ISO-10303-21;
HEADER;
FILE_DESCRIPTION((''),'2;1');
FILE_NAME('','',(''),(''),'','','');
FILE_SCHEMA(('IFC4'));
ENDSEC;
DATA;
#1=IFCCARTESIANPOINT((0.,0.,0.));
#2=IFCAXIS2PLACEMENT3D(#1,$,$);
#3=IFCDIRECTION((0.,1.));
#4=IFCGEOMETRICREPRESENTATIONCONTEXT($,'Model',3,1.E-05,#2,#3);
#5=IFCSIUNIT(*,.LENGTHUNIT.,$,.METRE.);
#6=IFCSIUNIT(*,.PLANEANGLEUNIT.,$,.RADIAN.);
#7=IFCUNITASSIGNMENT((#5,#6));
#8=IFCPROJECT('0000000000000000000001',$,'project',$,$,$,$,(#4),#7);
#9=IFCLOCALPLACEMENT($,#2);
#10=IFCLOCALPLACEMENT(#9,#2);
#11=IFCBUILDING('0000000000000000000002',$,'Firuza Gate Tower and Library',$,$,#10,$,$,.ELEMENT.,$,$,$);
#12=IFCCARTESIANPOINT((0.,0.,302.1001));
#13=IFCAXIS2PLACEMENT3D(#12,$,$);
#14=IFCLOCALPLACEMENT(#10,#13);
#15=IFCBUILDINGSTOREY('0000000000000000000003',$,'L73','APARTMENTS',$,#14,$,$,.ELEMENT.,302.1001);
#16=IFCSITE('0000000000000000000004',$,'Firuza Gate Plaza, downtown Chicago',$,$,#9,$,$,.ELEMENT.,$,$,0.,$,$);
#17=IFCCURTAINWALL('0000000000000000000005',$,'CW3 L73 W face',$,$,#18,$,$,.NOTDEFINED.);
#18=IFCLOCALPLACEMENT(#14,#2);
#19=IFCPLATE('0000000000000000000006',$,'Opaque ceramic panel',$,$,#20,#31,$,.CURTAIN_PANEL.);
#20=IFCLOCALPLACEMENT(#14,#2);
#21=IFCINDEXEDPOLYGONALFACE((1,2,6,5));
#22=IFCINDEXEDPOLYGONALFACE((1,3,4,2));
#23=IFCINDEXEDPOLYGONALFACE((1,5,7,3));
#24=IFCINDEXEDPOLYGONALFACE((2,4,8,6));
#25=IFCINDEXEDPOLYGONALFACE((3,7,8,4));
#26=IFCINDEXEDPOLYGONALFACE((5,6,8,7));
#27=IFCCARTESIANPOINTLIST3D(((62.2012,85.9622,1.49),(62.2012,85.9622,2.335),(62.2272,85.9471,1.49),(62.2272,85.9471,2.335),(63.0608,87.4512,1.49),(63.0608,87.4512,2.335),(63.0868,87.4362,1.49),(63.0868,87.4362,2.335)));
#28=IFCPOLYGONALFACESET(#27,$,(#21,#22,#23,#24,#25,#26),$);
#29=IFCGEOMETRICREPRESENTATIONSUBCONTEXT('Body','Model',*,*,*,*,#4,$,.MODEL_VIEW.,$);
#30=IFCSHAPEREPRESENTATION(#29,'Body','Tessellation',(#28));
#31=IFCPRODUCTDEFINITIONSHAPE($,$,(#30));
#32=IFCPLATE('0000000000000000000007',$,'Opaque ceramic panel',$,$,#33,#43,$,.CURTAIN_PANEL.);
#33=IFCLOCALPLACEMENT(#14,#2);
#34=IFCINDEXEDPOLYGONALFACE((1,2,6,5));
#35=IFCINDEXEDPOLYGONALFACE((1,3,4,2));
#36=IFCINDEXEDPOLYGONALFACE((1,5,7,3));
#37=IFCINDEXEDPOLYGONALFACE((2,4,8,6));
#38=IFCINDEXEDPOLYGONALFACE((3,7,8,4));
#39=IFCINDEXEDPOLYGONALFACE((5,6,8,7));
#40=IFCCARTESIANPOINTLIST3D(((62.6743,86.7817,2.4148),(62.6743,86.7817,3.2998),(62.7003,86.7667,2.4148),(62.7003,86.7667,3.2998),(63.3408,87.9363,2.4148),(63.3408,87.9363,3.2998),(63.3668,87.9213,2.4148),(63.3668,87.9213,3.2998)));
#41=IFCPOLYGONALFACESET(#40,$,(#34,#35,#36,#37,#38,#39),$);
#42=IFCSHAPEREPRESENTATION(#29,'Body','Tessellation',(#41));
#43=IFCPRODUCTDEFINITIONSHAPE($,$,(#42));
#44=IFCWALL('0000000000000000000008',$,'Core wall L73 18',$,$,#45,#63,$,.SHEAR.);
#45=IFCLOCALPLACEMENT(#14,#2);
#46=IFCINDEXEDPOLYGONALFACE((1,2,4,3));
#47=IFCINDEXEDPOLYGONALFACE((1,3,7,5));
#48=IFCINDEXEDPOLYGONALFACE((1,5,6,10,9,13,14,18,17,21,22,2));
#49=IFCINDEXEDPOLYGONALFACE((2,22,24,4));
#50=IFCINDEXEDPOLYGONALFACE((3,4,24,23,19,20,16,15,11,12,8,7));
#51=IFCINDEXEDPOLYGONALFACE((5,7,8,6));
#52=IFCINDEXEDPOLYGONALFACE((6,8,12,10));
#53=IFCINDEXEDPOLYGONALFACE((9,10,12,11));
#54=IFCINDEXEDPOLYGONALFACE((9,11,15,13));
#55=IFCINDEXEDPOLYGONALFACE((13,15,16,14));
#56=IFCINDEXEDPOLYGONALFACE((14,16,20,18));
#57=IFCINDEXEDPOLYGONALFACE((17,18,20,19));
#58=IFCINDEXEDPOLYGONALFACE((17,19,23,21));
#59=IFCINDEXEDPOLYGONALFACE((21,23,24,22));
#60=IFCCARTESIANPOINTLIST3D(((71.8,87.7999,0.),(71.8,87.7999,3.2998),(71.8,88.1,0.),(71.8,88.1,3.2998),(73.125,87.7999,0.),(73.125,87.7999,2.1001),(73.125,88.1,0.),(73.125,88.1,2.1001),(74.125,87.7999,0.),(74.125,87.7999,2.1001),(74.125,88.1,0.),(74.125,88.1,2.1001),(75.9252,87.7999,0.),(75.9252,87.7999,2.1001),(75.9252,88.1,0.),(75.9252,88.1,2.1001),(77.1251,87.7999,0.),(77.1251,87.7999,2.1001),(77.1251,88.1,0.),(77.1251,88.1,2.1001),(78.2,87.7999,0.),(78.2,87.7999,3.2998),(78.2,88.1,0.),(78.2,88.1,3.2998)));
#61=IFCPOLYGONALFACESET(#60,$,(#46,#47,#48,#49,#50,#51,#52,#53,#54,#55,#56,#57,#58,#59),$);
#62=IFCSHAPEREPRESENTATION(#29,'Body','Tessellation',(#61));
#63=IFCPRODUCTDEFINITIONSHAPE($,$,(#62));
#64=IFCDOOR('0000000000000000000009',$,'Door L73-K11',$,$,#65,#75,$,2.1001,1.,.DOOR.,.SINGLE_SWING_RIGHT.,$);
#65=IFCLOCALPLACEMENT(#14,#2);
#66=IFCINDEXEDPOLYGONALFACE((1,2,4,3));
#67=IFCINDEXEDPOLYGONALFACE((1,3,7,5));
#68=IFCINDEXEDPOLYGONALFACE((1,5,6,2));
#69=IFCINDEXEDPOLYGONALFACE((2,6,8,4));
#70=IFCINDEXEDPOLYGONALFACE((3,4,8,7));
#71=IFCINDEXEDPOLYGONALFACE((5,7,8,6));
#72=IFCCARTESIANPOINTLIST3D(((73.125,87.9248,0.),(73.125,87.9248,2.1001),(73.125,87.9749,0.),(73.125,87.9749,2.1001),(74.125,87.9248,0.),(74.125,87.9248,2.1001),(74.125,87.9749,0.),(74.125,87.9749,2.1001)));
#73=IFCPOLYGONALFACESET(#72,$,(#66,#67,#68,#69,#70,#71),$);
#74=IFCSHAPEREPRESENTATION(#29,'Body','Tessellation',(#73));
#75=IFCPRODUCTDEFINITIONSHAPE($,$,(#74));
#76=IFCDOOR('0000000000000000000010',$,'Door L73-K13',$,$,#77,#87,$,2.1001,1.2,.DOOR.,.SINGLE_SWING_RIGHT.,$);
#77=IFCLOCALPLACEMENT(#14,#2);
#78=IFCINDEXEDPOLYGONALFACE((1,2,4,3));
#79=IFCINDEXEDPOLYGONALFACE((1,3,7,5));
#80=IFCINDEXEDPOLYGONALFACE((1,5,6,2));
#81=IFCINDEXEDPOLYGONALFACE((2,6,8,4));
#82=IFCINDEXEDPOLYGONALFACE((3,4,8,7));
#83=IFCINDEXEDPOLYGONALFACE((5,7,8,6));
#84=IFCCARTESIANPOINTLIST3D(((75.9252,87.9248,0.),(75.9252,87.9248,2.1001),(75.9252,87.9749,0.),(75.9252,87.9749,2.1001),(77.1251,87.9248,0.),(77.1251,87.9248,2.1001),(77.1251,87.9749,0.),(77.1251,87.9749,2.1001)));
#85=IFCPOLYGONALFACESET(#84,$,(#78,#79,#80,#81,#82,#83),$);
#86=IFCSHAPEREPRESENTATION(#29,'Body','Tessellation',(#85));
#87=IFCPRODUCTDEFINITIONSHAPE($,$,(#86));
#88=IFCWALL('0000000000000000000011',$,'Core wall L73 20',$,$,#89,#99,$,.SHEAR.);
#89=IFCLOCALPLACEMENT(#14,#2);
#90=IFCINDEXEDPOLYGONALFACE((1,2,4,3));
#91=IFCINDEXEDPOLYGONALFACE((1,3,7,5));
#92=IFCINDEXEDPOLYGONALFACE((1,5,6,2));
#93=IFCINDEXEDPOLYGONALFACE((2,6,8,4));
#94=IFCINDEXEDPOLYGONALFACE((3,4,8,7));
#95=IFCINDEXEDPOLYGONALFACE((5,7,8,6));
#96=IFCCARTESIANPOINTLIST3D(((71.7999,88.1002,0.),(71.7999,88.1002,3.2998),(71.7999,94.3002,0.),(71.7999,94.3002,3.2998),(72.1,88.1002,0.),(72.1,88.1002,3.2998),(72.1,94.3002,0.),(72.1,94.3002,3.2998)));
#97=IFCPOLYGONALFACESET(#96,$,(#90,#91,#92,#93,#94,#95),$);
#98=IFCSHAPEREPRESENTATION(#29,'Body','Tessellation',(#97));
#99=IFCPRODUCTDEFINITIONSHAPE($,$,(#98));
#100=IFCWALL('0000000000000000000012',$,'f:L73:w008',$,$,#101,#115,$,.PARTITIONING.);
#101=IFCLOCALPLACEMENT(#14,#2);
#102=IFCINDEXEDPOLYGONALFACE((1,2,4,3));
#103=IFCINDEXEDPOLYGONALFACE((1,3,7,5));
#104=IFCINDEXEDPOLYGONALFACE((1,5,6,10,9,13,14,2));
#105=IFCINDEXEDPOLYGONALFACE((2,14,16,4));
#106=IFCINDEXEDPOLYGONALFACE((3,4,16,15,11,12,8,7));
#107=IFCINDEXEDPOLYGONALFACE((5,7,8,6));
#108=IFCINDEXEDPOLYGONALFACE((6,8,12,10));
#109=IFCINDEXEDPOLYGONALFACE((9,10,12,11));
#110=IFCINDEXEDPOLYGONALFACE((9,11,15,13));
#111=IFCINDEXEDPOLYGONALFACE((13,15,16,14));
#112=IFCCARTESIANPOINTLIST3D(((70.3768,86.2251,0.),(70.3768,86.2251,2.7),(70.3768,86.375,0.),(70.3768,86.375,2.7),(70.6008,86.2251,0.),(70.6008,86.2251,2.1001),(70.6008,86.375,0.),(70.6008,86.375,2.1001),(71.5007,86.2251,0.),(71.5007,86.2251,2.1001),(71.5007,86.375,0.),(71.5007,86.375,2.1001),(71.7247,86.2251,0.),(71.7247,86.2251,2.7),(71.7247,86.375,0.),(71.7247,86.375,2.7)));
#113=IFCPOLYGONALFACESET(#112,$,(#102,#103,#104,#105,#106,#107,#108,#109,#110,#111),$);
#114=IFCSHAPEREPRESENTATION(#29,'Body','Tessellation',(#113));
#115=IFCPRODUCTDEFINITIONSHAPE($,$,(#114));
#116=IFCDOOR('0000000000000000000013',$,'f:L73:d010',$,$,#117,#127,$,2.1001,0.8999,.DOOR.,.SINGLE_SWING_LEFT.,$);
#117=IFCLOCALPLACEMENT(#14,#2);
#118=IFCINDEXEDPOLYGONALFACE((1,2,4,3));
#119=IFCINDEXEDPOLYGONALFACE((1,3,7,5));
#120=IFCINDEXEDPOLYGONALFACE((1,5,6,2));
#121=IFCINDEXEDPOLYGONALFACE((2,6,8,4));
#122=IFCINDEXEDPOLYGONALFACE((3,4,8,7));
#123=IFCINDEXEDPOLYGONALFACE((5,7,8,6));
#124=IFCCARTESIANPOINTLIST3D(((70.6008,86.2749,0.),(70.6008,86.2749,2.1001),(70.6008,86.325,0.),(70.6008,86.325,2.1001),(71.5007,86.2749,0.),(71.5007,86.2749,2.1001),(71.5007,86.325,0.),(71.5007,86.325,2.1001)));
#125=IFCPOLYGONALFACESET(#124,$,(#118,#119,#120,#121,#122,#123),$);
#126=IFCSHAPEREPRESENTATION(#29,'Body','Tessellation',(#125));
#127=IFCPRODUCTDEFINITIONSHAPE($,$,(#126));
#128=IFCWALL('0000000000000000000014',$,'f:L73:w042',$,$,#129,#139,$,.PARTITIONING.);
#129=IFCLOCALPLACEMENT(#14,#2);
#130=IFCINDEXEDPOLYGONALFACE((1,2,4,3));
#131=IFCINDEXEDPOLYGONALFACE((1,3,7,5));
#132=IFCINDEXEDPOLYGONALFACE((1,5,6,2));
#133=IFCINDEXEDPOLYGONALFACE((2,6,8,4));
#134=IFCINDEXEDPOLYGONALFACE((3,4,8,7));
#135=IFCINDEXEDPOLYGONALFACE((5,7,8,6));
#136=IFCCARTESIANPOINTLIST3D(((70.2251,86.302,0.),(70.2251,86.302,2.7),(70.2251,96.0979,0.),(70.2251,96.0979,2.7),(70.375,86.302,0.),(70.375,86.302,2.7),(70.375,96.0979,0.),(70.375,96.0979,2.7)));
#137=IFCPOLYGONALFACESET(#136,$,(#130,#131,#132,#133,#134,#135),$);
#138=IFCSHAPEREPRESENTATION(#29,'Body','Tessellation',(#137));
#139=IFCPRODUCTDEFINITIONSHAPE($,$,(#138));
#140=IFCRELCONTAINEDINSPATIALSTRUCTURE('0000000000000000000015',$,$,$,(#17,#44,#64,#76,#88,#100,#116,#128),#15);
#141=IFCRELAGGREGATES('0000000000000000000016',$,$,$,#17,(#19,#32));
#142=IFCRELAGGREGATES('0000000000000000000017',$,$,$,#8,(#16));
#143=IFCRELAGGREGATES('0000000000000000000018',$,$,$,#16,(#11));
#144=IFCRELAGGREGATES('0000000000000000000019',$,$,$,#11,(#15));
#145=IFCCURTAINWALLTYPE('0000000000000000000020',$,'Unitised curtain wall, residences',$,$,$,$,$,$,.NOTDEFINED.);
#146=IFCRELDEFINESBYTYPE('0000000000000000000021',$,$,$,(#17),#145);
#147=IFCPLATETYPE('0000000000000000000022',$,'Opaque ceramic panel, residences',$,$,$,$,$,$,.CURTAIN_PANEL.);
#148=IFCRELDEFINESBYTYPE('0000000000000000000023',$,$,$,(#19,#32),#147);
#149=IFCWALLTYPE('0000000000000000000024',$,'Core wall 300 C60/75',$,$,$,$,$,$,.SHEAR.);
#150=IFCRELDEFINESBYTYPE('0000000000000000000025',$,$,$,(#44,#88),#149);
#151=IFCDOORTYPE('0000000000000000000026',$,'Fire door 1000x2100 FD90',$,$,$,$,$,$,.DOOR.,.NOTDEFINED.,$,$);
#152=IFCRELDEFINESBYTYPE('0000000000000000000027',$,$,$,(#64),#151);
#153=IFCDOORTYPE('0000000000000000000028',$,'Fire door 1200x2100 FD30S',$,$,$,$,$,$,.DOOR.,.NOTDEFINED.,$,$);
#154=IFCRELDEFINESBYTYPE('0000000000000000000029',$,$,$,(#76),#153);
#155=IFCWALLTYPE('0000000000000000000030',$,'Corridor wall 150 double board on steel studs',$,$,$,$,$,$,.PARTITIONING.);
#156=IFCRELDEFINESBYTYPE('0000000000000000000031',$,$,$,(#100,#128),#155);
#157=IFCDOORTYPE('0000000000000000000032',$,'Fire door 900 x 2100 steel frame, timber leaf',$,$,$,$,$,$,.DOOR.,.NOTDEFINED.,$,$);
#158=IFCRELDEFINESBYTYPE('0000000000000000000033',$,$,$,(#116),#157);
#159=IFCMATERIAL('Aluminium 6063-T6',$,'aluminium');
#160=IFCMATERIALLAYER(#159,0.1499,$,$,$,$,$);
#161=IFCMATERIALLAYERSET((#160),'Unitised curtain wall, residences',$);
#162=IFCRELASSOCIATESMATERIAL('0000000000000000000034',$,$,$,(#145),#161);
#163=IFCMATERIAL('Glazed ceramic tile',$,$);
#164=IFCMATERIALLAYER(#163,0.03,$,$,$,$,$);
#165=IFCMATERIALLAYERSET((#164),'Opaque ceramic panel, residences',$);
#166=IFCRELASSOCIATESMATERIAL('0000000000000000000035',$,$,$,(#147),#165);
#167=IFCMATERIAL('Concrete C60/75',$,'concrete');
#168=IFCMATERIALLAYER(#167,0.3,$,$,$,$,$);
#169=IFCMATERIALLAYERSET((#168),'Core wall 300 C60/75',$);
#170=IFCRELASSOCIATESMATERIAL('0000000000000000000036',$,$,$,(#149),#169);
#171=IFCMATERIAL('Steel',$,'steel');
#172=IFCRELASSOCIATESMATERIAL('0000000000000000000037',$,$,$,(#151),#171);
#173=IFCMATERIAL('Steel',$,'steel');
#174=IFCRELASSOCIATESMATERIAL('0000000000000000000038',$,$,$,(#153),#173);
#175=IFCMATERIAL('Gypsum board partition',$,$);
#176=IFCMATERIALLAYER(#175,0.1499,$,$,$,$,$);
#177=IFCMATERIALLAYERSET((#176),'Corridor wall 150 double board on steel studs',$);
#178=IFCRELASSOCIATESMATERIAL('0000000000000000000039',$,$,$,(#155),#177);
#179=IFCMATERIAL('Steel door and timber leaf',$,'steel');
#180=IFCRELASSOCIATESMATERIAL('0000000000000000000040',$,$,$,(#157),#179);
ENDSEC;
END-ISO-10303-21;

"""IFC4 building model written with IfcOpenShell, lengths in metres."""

from ifc_helpers import new_model, si_unit, direction, frame, frame_2d, origin, place, context, subcontext, project, spatial, polyline, rectangle, outline, extrude, material, layer, layer_set, type_object, element, fill, aggregate, save


model = new_model("IFC4")

# Units and contexts
model_context = context("Model", 3, precision=1e-05, world=origin(), true_north=direction((0.0, 1.0)))
body_context = subcontext(model_context, "Body", "Model", "MODEL_VIEW")
ifc_project = project(units=[si_unit("LENGTHUNIT", "METRE"), si_unit("PLANEANGLEUNIT", "RADIAN")], contexts=[model_context])

# Site, building, storey
site_placement = place(None, origin())
site = spatial("IfcSite", under=ifc_project, at=site_placement, Name="Firuza Gate Plaza, downtown Chicago", CompositionType="ELEMENT", RefElevation=0.0)
building_placement = place(site_placement, origin())
building = spatial("IfcBuilding", under=site, at=building_placement, Name="Firuza Gate Tower and Library", CompositionType="ELEMENT")
storey_placement = place(building_placement, frame((0.0, 0.0, 302.1001)))
storey = spatial("IfcBuildingStorey", under=building, at=storey_placement, Name="L73", Description="APARTMENTS", CompositionType="ELEMENT", Elevation=302.1001)

# Curtain wall
ifc_material_1 = material(Name="Aluminium 6063-T6", Category="aluminium")
ifc_layer_1 = layer(ifc_material_1, 0.1499)
ifc_layer_set_1 = layer_set([ifc_layer_1], Name="Unitised curtain wall, residences")
curtain_wall_type = type_object("IfcCurtainWallType", Name="Unitised curtain wall, residences", PredefinedType="NOTDEFINED", material=ifc_layer_set_1)
curtain_wall_placement = place(storey_placement, origin())
curtain_wall = element("IfcCurtainWall", 1, at=curtain_wall_placement, inside=storey, type_object=curtain_wall_type, Name="CW3 L73 W face", PredefinedType="NOTDEFINED")

# Plates
ifc_material_2 = material(Name="Glazed ceramic tile")
ifc_layer_2 = layer(ifc_material_2, 0.03)
ifc_layer_set_2 = layer_set([ifc_layer_2], Name="Opaque ceramic panel, residences")
plate_type_1 = type_object("IfcPlateType", Name="Opaque ceramic panel, residences", PredefinedType="CURTAIN_PANEL", material=ifc_layer_set_2)
plate_1_placement = place(storey_placement, frame((63.0608, 87.4512, 1.49), z_axis=(-0.866041, 0.499972, 0.0), x_axis=(-0.499972, -0.866041, 0.0)))
plate_1 = element("IfcPlate", 2, at=plate_1_placement, type_object=plate_type_1, Name="Opaque ceramic panel", PredefinedType="CURTAIN_PANEL", context=body_context, shape_type="SweptSolid", body=[
    extrude(outline(polyline([(0.0, 0.0), (1.7193, 0.0), (1.7193, 0.845), (0.0, 0.845), (0.0, 0.0)])), origin(), (0.0, 0.0, -1.0), 0.03),
])
plate_2_placement = place(storey_placement, frame((63.3408, 87.9363, 2.4148), z_axis=(-0.866048, 0.49996, 0.0), x_axis=(-0.49996, -0.866048, 0.0)))
plate_2 = element("IfcPlate", 3, at=plate_2_placement, type_object=plate_type_1, Name="Opaque ceramic panel", PredefinedType="CURTAIN_PANEL", context=body_context, shape_type="SweptSolid", body=[
    extrude(outline(polyline([(0.0, 0.0), (1.3331, 0.0), (1.3331, 0.885), (0.0, 0.885), (0.0, 0.0)])), origin(), (0.0, 0.0, -1.0), 0.03),
])
aggregate(curtain_wall, [plate_1, plate_2])

# Wall, openings, doors
ifc_material_3 = material(Name="Concrete C60/75", Category="concrete")
ifc_layer_3 = layer(ifc_material_3, 0.3)
ifc_layer_set_3 = layer_set([ifc_layer_3], Name="Core wall 300 C60/75")
wall_type_1 = type_object("IfcWallType", Name="Core wall 300 C60/75", PredefinedType="SHEAR", material=ifc_layer_set_3)
wall_1_placement = place(storey_placement, frame((71.8, 87.95, 0.0), z_axis=(0.0, 0.0, 1.0), x_axis=(1.0, 0.0, 0.0)))
wall_1 = element("IfcWall", 4, at=wall_1_placement, inside=storey, type_object=wall_type_1, Name="Core wall L73 18", PredefinedType="SHEAR", context=body_context, shape_type="SweptSolid", body=[
    extrude(rectangle(XDim=6.3999, YDim=0.3, at=frame_2d((3.2, 0.0))), origin(), (0.0, 0.0, 1.0), 3.2998),
])
opening_1_placement = place(wall_1_placement, frame((1.325, 0.0, 0.0)))
opening_1 = element("IfcOpeningElement", 5, at=opening_1_placement, cuts=wall_1, PredefinedType="OPENING", context=body_context, shape_type="SweptSolid", body=[
    extrude(rectangle(XDim=1.0, YDim=2.1001, at=frame_2d((0.5, 1.05))), frame((0.0, 0.1602, 0.0), z_axis=(0.0, -1.0, 0.0), x_axis=(1.0, 0.0, 0.0)), (0.0, 0.0, 1.0), 0.3201),
])
opening_2_placement = place(wall_1_placement, frame((4.125, 0.0, 0.0)))
opening_2 = element("IfcOpeningElement", 6, at=opening_2_placement, cuts=wall_1, PredefinedType="OPENING", context=body_context, shape_type="SweptSolid", body=[
    extrude(rectangle(XDim=1.2, YDim=2.1001, at=frame_2d((0.6001, 1.05))), frame((0.0, 0.1602, 0.0), z_axis=(0.0, -1.0, 0.0), x_axis=(1.0, 0.0, 0.0)), (0.0, 0.0, 1.0), 0.3201),
])
ifc_material_4 = material(Name="Steel", Category="steel")
door_type_1 = type_object("IfcDoorType", Name="Fire door 1000x2100 FD90", OperationType="NOTDEFINED", PredefinedType="DOOR", material=ifc_material_4)
door_1_placement = place(opening_1_placement, origin())
door_1 = element("IfcDoor", 7, at=door_1_placement, inside=storey, type_object=door_type_1, Name="Door L73-K11", OperationType="SINGLE_SWING_RIGHT", OverallHeight=2.1001, OverallWidth=1.0, PredefinedType="DOOR", context=body_context, shape_type="SweptSolid", body=[
    extrude(rectangle(XDim=1.0, YDim=2.1001, at=frame_2d((0.5, 1.05))), frame((0.0, 0.0249, 0.0), z_axis=(0.0, -1.0, 0.0), x_axis=(1.0, 0.0, 0.0)), (0.0, 0.0, 1.0), 0.05),
])
fill(opening_1, door_1)
ifc_material_5 = material(Name="Steel", Category="steel")
door_type_2 = type_object("IfcDoorType", Name="Fire door 1200x2100 FD30S", OperationType="NOTDEFINED", PredefinedType="DOOR", material=ifc_material_5)
door_2_placement = place(opening_2_placement, origin())
door_2 = element("IfcDoor", 8, at=door_2_placement, inside=storey, type_object=door_type_2, Name="Door L73-K13", OperationType="SINGLE_SWING_RIGHT", OverallHeight=2.1001, OverallWidth=1.2, PredefinedType="DOOR", context=body_context, shape_type="SweptSolid", body=[
    extrude(rectangle(XDim=1.2, YDim=2.1001, at=frame_2d((0.6001, 1.05))), frame((0.0, 0.0249, 0.0), z_axis=(0.0, -1.0, 0.0), x_axis=(1.0, 0.0, 0.0)), (0.0, 0.0, 1.0), 0.05),
])
fill(opening_2, door_2)

# Wall
wall_2_placement = place(storey_placement, frame((71.95, 88.1001, 0.0), z_axis=(0.0, 0.0, 1.0), x_axis=(0.0, 1.0, 0.0)))
element("IfcWall", 9, at=wall_2_placement, inside=storey, type_object=wall_type_1, Name="Core wall L73 20", PredefinedType="SHEAR", context=body_context, shape_type="SweptSolid", body=[
    extrude(rectangle(XDim=6.2, YDim=0.3, at=frame_2d((3.1001, 0.0))), origin(), (0.0, 0.0, 1.0), 3.2998),
])

# Wall, opening, door
ifc_material_6 = material(Name="Gypsum board partition")
ifc_layer_4 = layer(ifc_material_6, 0.1499)
ifc_layer_set_4 = layer_set([ifc_layer_4], Name="Corridor wall 150 double board on steel studs")
wall_type_2 = type_object("IfcWallType", Name="Corridor wall 150 double board on steel studs", PredefinedType="PARTITIONING", material=ifc_layer_set_4)
wall_3_placement = place(storey_placement, frame((70.377, 86.3, 0.0), z_axis=(0.0, 0.0, 1.0), x_axis=(1.0, 0.0, 0.0)))
wall_3 = element("IfcWall", 10, at=wall_3_placement, inside=storey, type_object=wall_type_2, Name="f:L73:w008", PredefinedType="PARTITIONING", context=body_context, shape_type="SweptSolid", body=[
    extrude(rectangle(XDim=1.3479, YDim=0.1499, at=frame_2d((0.6738, 0.0))), origin(), (0.0, 0.0, 1.0), 2.7),
])
opening_3_placement = place(wall_3_placement, frame((0.2239, 0.0, 0.0)))
opening_3 = element("IfcOpeningElement", 11, at=opening_3_placement, cuts=wall_3, PredefinedType="OPENING", context=body_context, shape_type="SweptSolid", body=[
    extrude(rectangle(XDim=0.8999, YDim=2.1001, at=frame_2d((0.45, 1.05))), frame((0.0, 0.085, 0.0), z_axis=(0.0, -1.0, 0.0), x_axis=(1.0, 0.0, 0.0)), (0.0, 0.0, 1.0), 0.1699),
])
ifc_material_7 = material(Name="Steel door and timber leaf", Category="steel")
door_type_3 = type_object("IfcDoorType", Name="Fire door 900 x 2100 steel frame, timber leaf", OperationType="NOTDEFINED", PredefinedType="DOOR", material=ifc_material_7)
door_3_placement = place(opening_3_placement, origin())
door_3 = element("IfcDoor", 12, at=door_3_placement, inside=storey, type_object=door_type_3, Name="f:L73:d010", OperationType="SINGLE_SWING_LEFT", OverallHeight=2.1001, OverallWidth=0.8999, PredefinedType="DOOR", context=body_context, shape_type="SweptSolid", body=[
    extrude(rectangle(XDim=0.8999, YDim=2.1001, at=frame_2d((0.45, 1.05))), frame((0.0, 0.0249, 0.0), z_axis=(0.0, -1.0, 0.0), x_axis=(1.0, 0.0, 0.0)), (0.0, 0.0, 1.0), 0.05),
])
fill(opening_3, door_3)

# Wall
wall_4_placement = place(storey_placement, frame((70.3, 86.302, 0.0), z_axis=(0.0, 0.0, 1.0), x_axis=(0.0, 1.0, 0.0)))
element("IfcWall", 13, at=wall_4_placement, inside=storey, type_object=wall_type_2, Name="f:L73:w042", PredefinedType="PARTITIONING", context=body_context, shape_type="SweptSolid", body=[
    extrude(rectangle(XDim=9.7959, YDim=0.1499, at=frame_2d((4.8979, 0.0))), origin(), (0.0, 0.0, 1.0), 2.7),
])

save(model, "model.ifc")
